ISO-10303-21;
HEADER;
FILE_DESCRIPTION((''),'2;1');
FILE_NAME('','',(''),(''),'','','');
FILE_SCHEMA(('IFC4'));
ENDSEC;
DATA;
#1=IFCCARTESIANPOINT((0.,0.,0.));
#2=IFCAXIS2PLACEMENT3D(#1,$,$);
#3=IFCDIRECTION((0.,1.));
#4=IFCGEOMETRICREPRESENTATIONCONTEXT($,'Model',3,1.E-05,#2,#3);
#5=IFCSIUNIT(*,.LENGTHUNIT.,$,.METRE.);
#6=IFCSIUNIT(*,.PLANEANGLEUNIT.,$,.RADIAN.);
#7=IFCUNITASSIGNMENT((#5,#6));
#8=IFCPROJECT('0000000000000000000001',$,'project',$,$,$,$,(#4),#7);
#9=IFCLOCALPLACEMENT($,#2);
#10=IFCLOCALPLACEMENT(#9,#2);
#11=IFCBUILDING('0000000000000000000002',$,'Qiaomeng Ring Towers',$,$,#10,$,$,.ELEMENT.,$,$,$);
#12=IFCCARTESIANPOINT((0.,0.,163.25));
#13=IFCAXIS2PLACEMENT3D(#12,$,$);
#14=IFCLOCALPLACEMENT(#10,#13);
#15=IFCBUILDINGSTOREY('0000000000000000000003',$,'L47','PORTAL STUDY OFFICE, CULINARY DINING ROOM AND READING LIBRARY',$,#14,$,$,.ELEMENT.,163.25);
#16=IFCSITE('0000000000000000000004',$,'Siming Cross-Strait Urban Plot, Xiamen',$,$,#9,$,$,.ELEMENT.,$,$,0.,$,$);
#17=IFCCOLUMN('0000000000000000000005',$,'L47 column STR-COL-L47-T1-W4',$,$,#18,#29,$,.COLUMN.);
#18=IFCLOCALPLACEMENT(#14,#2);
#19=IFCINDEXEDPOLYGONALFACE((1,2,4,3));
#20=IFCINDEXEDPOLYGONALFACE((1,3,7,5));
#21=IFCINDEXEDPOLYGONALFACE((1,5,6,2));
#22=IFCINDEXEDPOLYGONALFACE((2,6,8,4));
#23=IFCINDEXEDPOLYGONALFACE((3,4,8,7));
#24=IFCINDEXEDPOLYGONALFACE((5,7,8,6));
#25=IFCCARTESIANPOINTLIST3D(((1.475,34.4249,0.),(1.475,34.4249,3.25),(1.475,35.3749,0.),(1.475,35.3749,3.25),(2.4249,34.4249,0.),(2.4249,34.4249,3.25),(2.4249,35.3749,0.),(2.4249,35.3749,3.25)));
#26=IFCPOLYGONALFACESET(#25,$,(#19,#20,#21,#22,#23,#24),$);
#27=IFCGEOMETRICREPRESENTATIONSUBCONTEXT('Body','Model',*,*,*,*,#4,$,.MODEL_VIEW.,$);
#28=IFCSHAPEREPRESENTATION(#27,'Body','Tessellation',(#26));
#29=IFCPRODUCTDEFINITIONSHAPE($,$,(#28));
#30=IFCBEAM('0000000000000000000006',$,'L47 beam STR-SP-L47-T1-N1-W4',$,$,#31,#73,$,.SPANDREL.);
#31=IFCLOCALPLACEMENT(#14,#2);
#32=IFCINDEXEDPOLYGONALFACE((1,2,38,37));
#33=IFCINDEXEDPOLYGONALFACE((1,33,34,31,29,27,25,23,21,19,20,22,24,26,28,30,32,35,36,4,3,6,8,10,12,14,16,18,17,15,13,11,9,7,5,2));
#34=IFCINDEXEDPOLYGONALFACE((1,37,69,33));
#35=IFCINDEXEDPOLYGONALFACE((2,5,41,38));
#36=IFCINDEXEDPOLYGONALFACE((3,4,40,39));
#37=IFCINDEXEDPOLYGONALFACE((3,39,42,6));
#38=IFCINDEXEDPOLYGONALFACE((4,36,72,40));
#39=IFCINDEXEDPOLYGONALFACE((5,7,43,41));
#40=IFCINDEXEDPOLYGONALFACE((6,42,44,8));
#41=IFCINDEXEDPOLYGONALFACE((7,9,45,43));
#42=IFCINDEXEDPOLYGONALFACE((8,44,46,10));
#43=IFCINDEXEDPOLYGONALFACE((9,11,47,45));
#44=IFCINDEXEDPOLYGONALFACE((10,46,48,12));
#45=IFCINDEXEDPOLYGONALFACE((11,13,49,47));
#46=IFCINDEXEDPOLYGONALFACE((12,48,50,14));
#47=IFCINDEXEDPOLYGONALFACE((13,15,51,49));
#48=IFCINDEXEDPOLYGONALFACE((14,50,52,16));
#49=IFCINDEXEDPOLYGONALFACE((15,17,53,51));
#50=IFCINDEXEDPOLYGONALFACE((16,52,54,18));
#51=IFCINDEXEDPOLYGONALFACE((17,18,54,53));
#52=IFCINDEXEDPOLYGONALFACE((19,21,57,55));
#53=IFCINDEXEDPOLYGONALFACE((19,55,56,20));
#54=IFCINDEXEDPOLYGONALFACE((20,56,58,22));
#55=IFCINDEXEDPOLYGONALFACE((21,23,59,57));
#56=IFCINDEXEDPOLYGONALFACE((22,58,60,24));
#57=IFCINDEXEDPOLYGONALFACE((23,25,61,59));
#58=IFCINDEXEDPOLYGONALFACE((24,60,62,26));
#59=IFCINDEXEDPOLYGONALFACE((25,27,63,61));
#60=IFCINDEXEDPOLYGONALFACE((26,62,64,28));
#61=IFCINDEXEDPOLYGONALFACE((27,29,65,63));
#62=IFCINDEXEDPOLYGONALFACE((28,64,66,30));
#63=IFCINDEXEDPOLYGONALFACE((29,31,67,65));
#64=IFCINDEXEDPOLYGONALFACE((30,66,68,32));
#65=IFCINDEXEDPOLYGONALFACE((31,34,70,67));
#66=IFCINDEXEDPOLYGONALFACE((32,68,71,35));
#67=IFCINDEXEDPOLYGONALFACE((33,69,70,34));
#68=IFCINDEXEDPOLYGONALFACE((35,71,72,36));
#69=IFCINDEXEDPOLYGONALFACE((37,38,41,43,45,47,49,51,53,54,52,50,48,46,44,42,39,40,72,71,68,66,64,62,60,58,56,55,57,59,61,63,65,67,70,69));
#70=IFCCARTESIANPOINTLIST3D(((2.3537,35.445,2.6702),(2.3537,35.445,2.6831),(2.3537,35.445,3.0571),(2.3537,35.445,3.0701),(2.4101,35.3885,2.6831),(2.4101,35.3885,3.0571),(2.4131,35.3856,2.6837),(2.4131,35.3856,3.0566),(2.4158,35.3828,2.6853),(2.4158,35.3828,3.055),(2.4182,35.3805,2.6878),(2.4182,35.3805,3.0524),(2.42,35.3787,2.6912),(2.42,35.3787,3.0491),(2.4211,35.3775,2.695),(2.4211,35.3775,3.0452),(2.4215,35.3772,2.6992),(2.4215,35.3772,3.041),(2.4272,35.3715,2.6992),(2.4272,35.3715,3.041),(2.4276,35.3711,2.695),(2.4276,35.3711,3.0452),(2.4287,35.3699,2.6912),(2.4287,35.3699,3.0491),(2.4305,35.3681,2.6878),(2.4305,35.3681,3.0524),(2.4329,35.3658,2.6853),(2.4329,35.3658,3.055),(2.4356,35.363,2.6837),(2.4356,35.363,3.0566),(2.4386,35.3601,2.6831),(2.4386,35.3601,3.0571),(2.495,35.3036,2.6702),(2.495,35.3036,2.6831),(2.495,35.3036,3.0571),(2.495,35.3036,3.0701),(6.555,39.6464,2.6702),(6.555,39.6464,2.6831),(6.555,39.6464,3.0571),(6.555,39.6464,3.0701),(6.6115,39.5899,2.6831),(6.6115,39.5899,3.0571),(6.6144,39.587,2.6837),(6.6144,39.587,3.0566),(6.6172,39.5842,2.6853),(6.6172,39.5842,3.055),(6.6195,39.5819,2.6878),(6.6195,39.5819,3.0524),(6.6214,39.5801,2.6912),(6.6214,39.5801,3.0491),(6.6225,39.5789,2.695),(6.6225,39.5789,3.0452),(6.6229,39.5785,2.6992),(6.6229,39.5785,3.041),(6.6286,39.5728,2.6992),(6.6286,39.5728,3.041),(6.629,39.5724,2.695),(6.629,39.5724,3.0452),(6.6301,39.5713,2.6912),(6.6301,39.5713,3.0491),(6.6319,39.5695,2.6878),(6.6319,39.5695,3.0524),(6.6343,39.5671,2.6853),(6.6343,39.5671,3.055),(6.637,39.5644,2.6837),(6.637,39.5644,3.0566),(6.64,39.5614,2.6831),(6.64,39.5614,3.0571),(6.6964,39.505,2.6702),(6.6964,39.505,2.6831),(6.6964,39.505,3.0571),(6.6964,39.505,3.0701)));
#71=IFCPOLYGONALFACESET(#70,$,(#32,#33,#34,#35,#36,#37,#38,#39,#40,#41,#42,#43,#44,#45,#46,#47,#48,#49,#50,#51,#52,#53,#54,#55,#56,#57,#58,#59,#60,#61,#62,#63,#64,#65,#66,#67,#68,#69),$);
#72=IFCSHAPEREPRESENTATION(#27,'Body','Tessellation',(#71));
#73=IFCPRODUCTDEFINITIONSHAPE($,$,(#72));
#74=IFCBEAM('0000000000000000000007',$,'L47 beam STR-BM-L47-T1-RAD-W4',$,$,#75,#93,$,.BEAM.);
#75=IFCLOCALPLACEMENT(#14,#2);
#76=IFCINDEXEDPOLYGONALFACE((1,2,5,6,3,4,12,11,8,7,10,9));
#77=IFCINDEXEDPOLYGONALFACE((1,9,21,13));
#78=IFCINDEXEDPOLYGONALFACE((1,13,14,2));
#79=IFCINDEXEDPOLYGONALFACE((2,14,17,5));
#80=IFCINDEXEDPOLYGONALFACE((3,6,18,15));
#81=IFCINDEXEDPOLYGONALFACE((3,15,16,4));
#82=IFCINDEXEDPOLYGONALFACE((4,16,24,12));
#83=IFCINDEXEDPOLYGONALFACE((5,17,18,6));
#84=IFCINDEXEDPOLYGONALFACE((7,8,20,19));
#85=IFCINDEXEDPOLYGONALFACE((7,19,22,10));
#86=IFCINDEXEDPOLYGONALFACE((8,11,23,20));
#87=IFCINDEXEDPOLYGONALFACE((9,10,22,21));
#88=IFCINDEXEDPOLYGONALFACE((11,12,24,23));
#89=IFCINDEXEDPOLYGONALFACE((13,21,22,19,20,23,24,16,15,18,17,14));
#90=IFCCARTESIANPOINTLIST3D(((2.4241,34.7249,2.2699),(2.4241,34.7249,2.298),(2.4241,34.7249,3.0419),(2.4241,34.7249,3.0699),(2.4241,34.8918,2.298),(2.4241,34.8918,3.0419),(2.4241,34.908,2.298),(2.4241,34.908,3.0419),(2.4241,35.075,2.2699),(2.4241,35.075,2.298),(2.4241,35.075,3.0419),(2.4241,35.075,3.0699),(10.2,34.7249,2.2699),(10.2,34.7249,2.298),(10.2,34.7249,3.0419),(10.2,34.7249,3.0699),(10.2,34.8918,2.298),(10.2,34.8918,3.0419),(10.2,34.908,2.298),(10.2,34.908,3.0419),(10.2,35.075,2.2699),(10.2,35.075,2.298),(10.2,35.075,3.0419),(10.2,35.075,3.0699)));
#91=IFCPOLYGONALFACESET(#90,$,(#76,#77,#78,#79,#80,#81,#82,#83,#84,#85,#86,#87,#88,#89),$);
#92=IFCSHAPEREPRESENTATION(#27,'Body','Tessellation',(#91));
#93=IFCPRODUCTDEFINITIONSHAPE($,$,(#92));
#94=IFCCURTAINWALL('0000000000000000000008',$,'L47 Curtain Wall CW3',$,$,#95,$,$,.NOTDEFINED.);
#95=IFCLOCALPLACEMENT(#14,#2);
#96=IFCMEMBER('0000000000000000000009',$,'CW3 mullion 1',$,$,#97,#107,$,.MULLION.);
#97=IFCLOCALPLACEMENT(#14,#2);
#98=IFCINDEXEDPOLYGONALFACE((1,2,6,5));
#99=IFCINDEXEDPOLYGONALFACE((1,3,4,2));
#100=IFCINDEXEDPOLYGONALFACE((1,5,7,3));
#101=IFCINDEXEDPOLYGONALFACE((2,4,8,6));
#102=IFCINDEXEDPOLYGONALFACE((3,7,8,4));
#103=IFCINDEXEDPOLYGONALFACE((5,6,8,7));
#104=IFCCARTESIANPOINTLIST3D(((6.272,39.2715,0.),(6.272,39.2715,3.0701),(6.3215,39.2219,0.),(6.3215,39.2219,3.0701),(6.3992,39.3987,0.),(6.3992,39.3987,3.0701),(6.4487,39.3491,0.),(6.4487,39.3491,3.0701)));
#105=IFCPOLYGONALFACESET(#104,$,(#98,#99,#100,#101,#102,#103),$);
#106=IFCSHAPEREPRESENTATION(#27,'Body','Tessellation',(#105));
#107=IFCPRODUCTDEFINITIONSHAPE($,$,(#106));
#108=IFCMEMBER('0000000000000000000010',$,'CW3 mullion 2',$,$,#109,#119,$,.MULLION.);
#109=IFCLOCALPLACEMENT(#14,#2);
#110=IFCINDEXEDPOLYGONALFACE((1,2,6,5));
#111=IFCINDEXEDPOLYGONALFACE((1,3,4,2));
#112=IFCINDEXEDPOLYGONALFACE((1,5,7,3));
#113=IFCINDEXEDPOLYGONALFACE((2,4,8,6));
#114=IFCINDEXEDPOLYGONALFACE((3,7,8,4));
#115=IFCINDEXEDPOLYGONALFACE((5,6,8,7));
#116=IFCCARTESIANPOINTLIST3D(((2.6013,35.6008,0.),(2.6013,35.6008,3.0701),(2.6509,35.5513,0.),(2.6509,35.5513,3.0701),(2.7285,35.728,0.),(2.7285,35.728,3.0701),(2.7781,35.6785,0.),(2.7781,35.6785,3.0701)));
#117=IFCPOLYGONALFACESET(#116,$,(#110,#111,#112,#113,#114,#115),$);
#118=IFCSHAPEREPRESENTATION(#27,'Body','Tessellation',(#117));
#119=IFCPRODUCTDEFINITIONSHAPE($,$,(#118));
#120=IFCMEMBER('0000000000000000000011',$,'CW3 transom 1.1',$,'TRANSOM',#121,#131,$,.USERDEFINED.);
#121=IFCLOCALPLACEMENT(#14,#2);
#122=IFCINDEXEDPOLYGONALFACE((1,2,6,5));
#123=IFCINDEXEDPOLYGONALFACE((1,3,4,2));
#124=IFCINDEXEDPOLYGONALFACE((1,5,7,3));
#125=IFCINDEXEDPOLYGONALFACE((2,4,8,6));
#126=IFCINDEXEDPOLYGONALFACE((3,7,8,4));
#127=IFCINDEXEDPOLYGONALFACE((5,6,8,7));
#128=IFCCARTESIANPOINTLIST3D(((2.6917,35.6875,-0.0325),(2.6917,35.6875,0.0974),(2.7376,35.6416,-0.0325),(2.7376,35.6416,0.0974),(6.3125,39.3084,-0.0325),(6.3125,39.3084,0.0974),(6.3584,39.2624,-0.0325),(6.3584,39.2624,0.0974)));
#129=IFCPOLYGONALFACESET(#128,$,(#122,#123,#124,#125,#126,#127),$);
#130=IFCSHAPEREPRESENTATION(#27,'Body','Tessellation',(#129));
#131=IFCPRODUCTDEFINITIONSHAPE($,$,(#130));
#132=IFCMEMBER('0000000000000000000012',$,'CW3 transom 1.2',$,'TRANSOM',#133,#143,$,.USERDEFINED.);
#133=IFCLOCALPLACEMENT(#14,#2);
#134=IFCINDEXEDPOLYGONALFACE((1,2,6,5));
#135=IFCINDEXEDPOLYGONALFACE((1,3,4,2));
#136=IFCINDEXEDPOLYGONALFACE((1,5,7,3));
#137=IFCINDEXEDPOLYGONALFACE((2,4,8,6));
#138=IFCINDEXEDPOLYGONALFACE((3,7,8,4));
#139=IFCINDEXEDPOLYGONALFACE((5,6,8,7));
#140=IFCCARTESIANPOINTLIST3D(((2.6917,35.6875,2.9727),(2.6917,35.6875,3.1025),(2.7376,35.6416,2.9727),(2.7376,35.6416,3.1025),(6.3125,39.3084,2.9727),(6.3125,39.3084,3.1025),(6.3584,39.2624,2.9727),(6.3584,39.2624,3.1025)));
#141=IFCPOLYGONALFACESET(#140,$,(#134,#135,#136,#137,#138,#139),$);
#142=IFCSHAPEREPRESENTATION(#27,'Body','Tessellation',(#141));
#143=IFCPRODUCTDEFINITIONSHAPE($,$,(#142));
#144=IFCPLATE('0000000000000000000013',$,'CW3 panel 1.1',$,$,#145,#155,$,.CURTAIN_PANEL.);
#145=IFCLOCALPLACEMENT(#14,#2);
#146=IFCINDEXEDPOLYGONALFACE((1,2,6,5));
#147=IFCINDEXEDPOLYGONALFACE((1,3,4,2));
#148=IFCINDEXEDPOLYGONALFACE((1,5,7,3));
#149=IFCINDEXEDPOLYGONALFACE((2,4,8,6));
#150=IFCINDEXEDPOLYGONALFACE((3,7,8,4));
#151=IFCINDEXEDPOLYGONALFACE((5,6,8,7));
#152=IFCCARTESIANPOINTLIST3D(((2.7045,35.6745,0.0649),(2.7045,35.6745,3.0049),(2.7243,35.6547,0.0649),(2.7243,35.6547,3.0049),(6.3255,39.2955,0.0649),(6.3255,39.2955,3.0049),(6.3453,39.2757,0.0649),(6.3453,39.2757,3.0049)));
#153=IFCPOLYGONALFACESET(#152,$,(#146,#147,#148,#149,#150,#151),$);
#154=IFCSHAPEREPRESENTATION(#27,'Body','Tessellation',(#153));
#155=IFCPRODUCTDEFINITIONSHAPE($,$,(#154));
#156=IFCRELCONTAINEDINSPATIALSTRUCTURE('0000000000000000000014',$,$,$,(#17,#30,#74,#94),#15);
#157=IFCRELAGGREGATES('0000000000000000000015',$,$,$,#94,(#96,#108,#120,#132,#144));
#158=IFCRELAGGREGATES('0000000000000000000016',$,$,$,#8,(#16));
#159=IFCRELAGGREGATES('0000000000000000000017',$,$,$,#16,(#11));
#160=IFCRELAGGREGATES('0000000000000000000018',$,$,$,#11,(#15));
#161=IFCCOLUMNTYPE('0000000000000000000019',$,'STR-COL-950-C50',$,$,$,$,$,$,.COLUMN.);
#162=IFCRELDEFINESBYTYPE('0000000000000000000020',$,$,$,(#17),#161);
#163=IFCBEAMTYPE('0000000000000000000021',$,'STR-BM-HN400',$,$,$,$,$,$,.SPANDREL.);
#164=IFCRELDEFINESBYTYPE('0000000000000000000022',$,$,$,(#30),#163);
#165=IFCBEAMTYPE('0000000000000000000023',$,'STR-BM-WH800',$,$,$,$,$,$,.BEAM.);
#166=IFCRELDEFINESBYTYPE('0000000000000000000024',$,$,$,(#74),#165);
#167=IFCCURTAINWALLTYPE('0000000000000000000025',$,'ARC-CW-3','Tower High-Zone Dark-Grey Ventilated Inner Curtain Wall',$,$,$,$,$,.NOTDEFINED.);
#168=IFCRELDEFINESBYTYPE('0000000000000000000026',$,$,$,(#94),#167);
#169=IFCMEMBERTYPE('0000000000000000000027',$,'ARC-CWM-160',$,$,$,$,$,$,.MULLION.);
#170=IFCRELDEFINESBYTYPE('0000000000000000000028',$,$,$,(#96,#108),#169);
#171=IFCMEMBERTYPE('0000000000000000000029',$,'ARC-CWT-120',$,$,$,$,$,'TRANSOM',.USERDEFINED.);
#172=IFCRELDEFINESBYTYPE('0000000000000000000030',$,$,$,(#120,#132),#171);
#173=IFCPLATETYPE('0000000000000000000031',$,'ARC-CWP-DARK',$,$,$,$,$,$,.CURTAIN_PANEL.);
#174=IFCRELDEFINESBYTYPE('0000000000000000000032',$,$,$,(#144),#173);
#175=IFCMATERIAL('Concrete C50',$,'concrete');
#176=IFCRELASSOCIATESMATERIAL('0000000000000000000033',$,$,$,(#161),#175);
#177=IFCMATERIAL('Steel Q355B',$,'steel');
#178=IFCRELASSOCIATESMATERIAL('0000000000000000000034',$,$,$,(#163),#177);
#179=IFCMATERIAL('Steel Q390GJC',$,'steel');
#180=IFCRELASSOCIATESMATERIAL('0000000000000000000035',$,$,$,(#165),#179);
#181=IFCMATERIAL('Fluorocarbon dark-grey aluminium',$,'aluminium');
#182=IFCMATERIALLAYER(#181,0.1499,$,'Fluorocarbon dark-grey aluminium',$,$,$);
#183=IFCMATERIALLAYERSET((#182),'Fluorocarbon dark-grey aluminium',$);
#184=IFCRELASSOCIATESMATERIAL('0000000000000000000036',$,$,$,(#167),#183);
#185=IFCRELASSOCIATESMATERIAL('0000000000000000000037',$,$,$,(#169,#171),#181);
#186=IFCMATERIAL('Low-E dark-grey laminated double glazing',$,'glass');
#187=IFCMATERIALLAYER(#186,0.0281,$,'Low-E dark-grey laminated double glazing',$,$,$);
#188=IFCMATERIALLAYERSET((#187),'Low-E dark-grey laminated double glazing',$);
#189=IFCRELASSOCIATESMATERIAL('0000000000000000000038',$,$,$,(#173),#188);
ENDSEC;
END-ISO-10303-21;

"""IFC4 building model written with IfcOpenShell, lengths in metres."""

from ifc_helpers import new_model, si_unit, direction, frame, origin, origin_2d, place, context, subcontext, project, spatial, rectangle, i_section, extrude, source, transform, mapped, material, layer, layer_set, material_profile, profile_set, type_object, element, aggregate, save


model = new_model("IFC4")

# Units and contexts
model_context = context("Model", 3, precision=1e-05, world=origin(), true_north=direction((0.0, 1.0)))
body_context = subcontext(model_context, "Body", "Model", "MODEL_VIEW")
ifc_project = project(units=[si_unit("LENGTHUNIT", "METRE"), si_unit("PLANEANGLEUNIT", "RADIAN")], contexts=[model_context])

# Site, building, storey
site_placement = place(None, origin())
site = spatial("IfcSite", under=ifc_project, at=site_placement, Name="Siming Cross-Strait Urban Plot, Xiamen", CompositionType="ELEMENT", RefElevation=0.0)
building_placement = place(site_placement, origin())
building = spatial("IfcBuilding", under=site, at=building_placement, Name="Qiaomeng Ring Towers", CompositionType="ELEMENT")
storey_placement = place(building_placement, frame((0.0, 0.0, 163.25)))
storey = spatial("IfcBuildingStorey", under=building, at=storey_placement, Name="L47", Description="PORTAL STUDY OFFICE, CULINARY DINING ROOM AND READING LIBRARY", CompositionType="ELEMENT", Elevation=163.25)

# Column
ifc_material_1 = material(Name="Concrete C50", Category="concrete")
ifc_material_profile_1 = material_profile(ifc_material_1, rectangle(XDim=0.95, YDim=0.95, at=origin_2d()), Name="RC COL 950x950")
ifc_profile_set_1 = profile_set([ifc_material_profile_1], Name="Concrete C50")
column_type = type_object("IfcColumnType", Name="STR-COL-950-C50", PredefinedType="COLUMN", material=ifc_profile_set_1)
shared_shape_1 = source(origin(), body_context, "Body", "SweptSolid", [
    extrude(rectangle(XDim=0.95, YDim=0.95, at=origin_2d()), origin(), (0.0, 0.0, 1.0), 3.25),
])
column_placement = place(storey_placement, frame((1.95, 34.8999, 0.0), z_axis=(0.0, 0.0, 1.0), x_axis=(1.0, 0.0, 0.0)))
element("IfcColumn", 1, at=column_placement, inside=storey, type_object=column_type, Name="L47 column STR-COL-L47-T1-W4", PredefinedType="COLUMN", context=body_context, shape_type="MappedRepresentation", body=[
    mapped(shared_shape_1, transform((0.0, 0.0, 0.0), x_axis=(1.0, 0.0, 0.0), y_axis=(0.0, 1.0, 0.0), z_axis=(0.0, 0.0, 1.0), scale=1.0)),
])

# Beams
ifc_material_2 = material(Name="Steel Q355B", Category="steel")
ifc_material_profile_2 = material_profile(ifc_material_2, i_section(OverallWidth=0.2, OverallDepth=0.3999, WebThickness=0.0081, FlangeThickness=0.0129, FilletRadius=0.0161, at=origin_2d()), Name="HN 400x200x8x13")
ifc_profile_set_2 = profile_set([ifc_material_profile_2], Name="Steel Q355B")
beam_type_1 = type_object("IfcBeamType", Name="STR-BM-HN400", PredefinedType="SPANDREL", material=ifc_profile_set_2)
shared_shape_2 = source(origin(), body_context, "Body", "SweptSolid", [
    extrude(i_section(OverallWidth=0.2, OverallDepth=0.3999, WebThickness=0.0081, FlangeThickness=0.0129, FilletRadius=0.0161, at=origin_2d()), origin(), (0.0, 0.0, 1.0), 5.9417),
])
beam_1_placement = place(storey_placement, frame((6.6257, 39.5757, 2.8701), z_axis=(-0.707107, -0.707107, 0.0), x_axis=(0.707107, -0.707107, 0.0)))
element("IfcBeam", 2, at=beam_1_placement, inside=storey, type_object=beam_type_1, Name="L47 beam STR-SP-L47-T1-N1-W4", PredefinedType="SPANDREL", context=body_context, shape_type="MappedRepresentation", body=[
    mapped(shared_shape_2, transform((0.0, 0.0, 0.0), x_axis=(1.0, 0.0, 0.0), y_axis=(0.0, 1.0, 0.0), z_axis=(0.0, 0.0, 1.0), scale=1.0)),
])
ifc_material_3 = material(Name="Steel Q390GJC", Category="steel")
ifc_material_profile_3 = material_profile(ifc_material_3, i_section(OverallWidth=0.3501, OverallDepth=0.8, WebThickness=0.0161, FlangeThickness=0.0281, at=origin_2d()), Name="WH 800x350x16x28")
ifc_profile_set_3 = profile_set([ifc_material_profile_3], Name="Steel Q390GJC")
beam_type_2 = type_object("IfcBeamType", Name="STR-BM-WH800", PredefinedType="BEAM", material=ifc_profile_set_3)
shared_shape_3 = source(origin(), body_context, "Body", "SweptSolid", [
    extrude(i_section(OverallWidth=0.3501, OverallDepth=0.8, WebThickness=0.0161, FlangeThickness=0.0281, at=origin_2d()), origin(), (0.0, 0.0, 1.0), 7.7759),
])
beam_2_placement = place(storey_placement, frame((2.4241, 34.8999, 2.6699), z_axis=(1.0, 0.0, 0.0), x_axis=(0.0, 1.0, 0.0)))
element("IfcBeam", 3, at=beam_2_placement, inside=storey, type_object=beam_type_2, Name="L47 beam STR-BM-L47-T1-RAD-W4", PredefinedType="BEAM", context=body_context, shape_type="MappedRepresentation", body=[
    mapped(shared_shape_3, transform((0.0, 0.0, 0.0), x_axis=(1.0, 0.0, 0.0), y_axis=(0.0, 1.0, 0.0), z_axis=(0.0, 0.0, 1.0), scale=1.0)),
])

# Curtain wall, members, plate
ifc_material_4 = material(Name="Fluorocarbon dark-grey aluminium", Category="aluminium")
ifc_layer_1 = layer(ifc_material_4, 0.1499, Name="Fluorocarbon dark-grey aluminium")
ifc_layer_set_1 = layer_set([ifc_layer_1], Name="Fluorocarbon dark-grey aluminium")
curtain_wall_type = type_object("IfcCurtainWallType", Name="ARC-CW-3", Description="Tower High-Zone Dark-Grey Ventilated Inner Curtain Wall", PredefinedType="NOTDEFINED", material=ifc_layer_set_1)
curtain_wall_placement = place(storey_placement, origin())
curtain_wall = element("IfcCurtainWall", 4, at=curtain_wall_placement, inside=storey, type_object=curtain_wall_type, Name="L47 Curtain Wall CW3", PredefinedType="NOTDEFINED")
ifc_material_profile_4 = material_profile(ifc_material_4, rectangle(XDim=0.0701, YDim=0.1799, at=origin_2d()), Name="ALU MULL 70x180")
ifc_profile_set_4 = profile_set([ifc_material_profile_4], Name="Fluorocarbon dark-grey aluminium")
member_type_1 = type_object("IfcMemberType", Name="ARC-CWM-160", PredefinedType="MULLION", material=ifc_profile_set_4)
shared_shape_4 = source(origin(), body_context, "Body", "SweptSolid", [
    extrude(rectangle(XDim=0.0701, YDim=0.1799, at=origin_2d()), origin(), (0.0, 0.0, 1.0), 3.0701),
])
member_1_placement = place(storey_placement, frame((6.3604, 39.3103, 0.0), z_axis=(0.0, 0.0, 1.0), x_axis=(0.707107, -0.707107, 0.0)))
member_1 = element("IfcMember", 5, at=member_1_placement, type_object=member_type_1, Name="CW3 mullion 1", PredefinedType="MULLION", context=body_context, shape_type="MappedRepresentation", body=[
    mapped(shared_shape_4, transform((0.0, 0.0, 0.0), x_axis=(1.0, 0.0, 0.0), y_axis=(0.0, 1.0, 0.0), z_axis=(0.0, 0.0, 1.0), scale=1.0)),
])
member_2_placement = place(storey_placement, frame((2.6897, 35.6396, 0.0), z_axis=(0.0, 0.0, 1.0), x_axis=(0.707107, -0.707107, 0.0)))
member_2 = element("IfcMember", 6, at=member_2_placement, type_object=member_type_1, Name="CW3 mullion 2", PredefinedType="MULLION", context=body_context, shape_type="MappedRepresentation", body=[
    mapped(shared_shape_4, transform((0.0, 0.0, 0.0), x_axis=(1.0, 0.0, 0.0), y_axis=(0.0, 1.0, 0.0), z_axis=(0.0, 0.0, 1.0), scale=1.0)),
])
ifc_material_profile_5 = material_profile(ifc_material_4, rectangle(XDim=0.0649, YDim=0.1299, at=origin_2d()), Name="ALU TRAN 65x130")
ifc_profile_set_5 = profile_set([ifc_material_profile_5], Name="Fluorocarbon dark-grey aluminium")
member_type_2 = type_object("IfcMemberType", Name="ARC-CWT-120", ElementType="TRANSOM", PredefinedType="USERDEFINED", material=ifc_profile_set_5)
shared_shape_5 = source(origin(), body_context, "Body", "SweptSolid", [
    extrude(rectangle(XDim=0.0649, YDim=0.1299, at=origin_2d()), origin(), (0.0, 0.0, 1.0), 5.1206),
])
member_3_placement = place(storey_placement, frame((6.3354, 39.2854, 0.0325), z_axis=(-0.707107, -0.707107, 0.0), x_axis=(0.707107, -0.707107, 0.0)))
member_3 = element("IfcMember", 7, at=member_3_placement, type_object=member_type_2, Name="CW3 transom 1.1", ObjectType="TRANSOM", PredefinedType="USERDEFINED", context=body_context, shape_type="MappedRepresentation", body=[
    mapped(shared_shape_5, transform((0.0, 0.0, 0.0), x_axis=(1.0, 0.0, 0.0), y_axis=(0.0, 1.0, 0.0), z_axis=(0.0, 0.0, 1.0), scale=1.0)),
])
member_4_placement = place(storey_placement, frame((6.3354, 39.2854, 3.0376), z_axis=(-0.707107, -0.707107, 0.0), x_axis=(0.707107, -0.707107, 0.0)))
member_4 = element("IfcMember", 8, at=member_4_placement, type_object=member_type_2, Name="CW3 transom 1.2", ObjectType="TRANSOM", PredefinedType="USERDEFINED", context=body_context, shape_type="MappedRepresentation", body=[
    mapped(shared_shape_5, transform((0.0, 0.0, 0.0), x_axis=(1.0, 0.0, 0.0), y_axis=(0.0, 1.0, 0.0), z_axis=(0.0, 0.0, 1.0), scale=1.0)),
])
ifc_material_5 = material(Name="Low-E dark-grey laminated double glazing", Category="glass")
ifc_layer_2 = layer(ifc_material_5, 0.0281, Name="Low-E dark-grey laminated double glazing")
ifc_layer_set_2 = layer_set([ifc_layer_2], Name="Low-E dark-grey laminated double glazing")
plate_type = type_object("IfcPlateType", Name="ARC-CWP-DARK", PredefinedType="CURTAIN_PANEL", material=ifc_layer_set_2)
shared_shape_6 = source(origin(), body_context, "Body", "SweptSolid", [
    extrude(rectangle(XDim=5.1208, YDim=0.0281, at=origin_2d()), origin(), (0.0, 0.0, 1.0), 2.9399),
])
plate_placement = place(storey_placement, frame((4.5249, 37.4751, 0.0649), z_axis=(0.0, 0.0, 1.0), x_axis=(-0.707107, -0.707107, 0.0)))
plate = element("IfcPlate", 9, at=plate_placement, type_object=plate_type, Name="CW3 panel 1.1", PredefinedType="CURTAIN_PANEL", context=body_context, shape_type="MappedRepresentation", body=[
    mapped(shared_shape_6, transform((0.0, 0.0, 0.0), x_axis=(1.0, 0.0, 0.0), y_axis=(0.0, 1.0, 0.0), z_axis=(0.0, 0.0, 1.0), scale=1.0)),
])
aggregate(curtain_wall, [member_1, member_2, member_3, member_4, plate])

save(model, "model.ifc")
